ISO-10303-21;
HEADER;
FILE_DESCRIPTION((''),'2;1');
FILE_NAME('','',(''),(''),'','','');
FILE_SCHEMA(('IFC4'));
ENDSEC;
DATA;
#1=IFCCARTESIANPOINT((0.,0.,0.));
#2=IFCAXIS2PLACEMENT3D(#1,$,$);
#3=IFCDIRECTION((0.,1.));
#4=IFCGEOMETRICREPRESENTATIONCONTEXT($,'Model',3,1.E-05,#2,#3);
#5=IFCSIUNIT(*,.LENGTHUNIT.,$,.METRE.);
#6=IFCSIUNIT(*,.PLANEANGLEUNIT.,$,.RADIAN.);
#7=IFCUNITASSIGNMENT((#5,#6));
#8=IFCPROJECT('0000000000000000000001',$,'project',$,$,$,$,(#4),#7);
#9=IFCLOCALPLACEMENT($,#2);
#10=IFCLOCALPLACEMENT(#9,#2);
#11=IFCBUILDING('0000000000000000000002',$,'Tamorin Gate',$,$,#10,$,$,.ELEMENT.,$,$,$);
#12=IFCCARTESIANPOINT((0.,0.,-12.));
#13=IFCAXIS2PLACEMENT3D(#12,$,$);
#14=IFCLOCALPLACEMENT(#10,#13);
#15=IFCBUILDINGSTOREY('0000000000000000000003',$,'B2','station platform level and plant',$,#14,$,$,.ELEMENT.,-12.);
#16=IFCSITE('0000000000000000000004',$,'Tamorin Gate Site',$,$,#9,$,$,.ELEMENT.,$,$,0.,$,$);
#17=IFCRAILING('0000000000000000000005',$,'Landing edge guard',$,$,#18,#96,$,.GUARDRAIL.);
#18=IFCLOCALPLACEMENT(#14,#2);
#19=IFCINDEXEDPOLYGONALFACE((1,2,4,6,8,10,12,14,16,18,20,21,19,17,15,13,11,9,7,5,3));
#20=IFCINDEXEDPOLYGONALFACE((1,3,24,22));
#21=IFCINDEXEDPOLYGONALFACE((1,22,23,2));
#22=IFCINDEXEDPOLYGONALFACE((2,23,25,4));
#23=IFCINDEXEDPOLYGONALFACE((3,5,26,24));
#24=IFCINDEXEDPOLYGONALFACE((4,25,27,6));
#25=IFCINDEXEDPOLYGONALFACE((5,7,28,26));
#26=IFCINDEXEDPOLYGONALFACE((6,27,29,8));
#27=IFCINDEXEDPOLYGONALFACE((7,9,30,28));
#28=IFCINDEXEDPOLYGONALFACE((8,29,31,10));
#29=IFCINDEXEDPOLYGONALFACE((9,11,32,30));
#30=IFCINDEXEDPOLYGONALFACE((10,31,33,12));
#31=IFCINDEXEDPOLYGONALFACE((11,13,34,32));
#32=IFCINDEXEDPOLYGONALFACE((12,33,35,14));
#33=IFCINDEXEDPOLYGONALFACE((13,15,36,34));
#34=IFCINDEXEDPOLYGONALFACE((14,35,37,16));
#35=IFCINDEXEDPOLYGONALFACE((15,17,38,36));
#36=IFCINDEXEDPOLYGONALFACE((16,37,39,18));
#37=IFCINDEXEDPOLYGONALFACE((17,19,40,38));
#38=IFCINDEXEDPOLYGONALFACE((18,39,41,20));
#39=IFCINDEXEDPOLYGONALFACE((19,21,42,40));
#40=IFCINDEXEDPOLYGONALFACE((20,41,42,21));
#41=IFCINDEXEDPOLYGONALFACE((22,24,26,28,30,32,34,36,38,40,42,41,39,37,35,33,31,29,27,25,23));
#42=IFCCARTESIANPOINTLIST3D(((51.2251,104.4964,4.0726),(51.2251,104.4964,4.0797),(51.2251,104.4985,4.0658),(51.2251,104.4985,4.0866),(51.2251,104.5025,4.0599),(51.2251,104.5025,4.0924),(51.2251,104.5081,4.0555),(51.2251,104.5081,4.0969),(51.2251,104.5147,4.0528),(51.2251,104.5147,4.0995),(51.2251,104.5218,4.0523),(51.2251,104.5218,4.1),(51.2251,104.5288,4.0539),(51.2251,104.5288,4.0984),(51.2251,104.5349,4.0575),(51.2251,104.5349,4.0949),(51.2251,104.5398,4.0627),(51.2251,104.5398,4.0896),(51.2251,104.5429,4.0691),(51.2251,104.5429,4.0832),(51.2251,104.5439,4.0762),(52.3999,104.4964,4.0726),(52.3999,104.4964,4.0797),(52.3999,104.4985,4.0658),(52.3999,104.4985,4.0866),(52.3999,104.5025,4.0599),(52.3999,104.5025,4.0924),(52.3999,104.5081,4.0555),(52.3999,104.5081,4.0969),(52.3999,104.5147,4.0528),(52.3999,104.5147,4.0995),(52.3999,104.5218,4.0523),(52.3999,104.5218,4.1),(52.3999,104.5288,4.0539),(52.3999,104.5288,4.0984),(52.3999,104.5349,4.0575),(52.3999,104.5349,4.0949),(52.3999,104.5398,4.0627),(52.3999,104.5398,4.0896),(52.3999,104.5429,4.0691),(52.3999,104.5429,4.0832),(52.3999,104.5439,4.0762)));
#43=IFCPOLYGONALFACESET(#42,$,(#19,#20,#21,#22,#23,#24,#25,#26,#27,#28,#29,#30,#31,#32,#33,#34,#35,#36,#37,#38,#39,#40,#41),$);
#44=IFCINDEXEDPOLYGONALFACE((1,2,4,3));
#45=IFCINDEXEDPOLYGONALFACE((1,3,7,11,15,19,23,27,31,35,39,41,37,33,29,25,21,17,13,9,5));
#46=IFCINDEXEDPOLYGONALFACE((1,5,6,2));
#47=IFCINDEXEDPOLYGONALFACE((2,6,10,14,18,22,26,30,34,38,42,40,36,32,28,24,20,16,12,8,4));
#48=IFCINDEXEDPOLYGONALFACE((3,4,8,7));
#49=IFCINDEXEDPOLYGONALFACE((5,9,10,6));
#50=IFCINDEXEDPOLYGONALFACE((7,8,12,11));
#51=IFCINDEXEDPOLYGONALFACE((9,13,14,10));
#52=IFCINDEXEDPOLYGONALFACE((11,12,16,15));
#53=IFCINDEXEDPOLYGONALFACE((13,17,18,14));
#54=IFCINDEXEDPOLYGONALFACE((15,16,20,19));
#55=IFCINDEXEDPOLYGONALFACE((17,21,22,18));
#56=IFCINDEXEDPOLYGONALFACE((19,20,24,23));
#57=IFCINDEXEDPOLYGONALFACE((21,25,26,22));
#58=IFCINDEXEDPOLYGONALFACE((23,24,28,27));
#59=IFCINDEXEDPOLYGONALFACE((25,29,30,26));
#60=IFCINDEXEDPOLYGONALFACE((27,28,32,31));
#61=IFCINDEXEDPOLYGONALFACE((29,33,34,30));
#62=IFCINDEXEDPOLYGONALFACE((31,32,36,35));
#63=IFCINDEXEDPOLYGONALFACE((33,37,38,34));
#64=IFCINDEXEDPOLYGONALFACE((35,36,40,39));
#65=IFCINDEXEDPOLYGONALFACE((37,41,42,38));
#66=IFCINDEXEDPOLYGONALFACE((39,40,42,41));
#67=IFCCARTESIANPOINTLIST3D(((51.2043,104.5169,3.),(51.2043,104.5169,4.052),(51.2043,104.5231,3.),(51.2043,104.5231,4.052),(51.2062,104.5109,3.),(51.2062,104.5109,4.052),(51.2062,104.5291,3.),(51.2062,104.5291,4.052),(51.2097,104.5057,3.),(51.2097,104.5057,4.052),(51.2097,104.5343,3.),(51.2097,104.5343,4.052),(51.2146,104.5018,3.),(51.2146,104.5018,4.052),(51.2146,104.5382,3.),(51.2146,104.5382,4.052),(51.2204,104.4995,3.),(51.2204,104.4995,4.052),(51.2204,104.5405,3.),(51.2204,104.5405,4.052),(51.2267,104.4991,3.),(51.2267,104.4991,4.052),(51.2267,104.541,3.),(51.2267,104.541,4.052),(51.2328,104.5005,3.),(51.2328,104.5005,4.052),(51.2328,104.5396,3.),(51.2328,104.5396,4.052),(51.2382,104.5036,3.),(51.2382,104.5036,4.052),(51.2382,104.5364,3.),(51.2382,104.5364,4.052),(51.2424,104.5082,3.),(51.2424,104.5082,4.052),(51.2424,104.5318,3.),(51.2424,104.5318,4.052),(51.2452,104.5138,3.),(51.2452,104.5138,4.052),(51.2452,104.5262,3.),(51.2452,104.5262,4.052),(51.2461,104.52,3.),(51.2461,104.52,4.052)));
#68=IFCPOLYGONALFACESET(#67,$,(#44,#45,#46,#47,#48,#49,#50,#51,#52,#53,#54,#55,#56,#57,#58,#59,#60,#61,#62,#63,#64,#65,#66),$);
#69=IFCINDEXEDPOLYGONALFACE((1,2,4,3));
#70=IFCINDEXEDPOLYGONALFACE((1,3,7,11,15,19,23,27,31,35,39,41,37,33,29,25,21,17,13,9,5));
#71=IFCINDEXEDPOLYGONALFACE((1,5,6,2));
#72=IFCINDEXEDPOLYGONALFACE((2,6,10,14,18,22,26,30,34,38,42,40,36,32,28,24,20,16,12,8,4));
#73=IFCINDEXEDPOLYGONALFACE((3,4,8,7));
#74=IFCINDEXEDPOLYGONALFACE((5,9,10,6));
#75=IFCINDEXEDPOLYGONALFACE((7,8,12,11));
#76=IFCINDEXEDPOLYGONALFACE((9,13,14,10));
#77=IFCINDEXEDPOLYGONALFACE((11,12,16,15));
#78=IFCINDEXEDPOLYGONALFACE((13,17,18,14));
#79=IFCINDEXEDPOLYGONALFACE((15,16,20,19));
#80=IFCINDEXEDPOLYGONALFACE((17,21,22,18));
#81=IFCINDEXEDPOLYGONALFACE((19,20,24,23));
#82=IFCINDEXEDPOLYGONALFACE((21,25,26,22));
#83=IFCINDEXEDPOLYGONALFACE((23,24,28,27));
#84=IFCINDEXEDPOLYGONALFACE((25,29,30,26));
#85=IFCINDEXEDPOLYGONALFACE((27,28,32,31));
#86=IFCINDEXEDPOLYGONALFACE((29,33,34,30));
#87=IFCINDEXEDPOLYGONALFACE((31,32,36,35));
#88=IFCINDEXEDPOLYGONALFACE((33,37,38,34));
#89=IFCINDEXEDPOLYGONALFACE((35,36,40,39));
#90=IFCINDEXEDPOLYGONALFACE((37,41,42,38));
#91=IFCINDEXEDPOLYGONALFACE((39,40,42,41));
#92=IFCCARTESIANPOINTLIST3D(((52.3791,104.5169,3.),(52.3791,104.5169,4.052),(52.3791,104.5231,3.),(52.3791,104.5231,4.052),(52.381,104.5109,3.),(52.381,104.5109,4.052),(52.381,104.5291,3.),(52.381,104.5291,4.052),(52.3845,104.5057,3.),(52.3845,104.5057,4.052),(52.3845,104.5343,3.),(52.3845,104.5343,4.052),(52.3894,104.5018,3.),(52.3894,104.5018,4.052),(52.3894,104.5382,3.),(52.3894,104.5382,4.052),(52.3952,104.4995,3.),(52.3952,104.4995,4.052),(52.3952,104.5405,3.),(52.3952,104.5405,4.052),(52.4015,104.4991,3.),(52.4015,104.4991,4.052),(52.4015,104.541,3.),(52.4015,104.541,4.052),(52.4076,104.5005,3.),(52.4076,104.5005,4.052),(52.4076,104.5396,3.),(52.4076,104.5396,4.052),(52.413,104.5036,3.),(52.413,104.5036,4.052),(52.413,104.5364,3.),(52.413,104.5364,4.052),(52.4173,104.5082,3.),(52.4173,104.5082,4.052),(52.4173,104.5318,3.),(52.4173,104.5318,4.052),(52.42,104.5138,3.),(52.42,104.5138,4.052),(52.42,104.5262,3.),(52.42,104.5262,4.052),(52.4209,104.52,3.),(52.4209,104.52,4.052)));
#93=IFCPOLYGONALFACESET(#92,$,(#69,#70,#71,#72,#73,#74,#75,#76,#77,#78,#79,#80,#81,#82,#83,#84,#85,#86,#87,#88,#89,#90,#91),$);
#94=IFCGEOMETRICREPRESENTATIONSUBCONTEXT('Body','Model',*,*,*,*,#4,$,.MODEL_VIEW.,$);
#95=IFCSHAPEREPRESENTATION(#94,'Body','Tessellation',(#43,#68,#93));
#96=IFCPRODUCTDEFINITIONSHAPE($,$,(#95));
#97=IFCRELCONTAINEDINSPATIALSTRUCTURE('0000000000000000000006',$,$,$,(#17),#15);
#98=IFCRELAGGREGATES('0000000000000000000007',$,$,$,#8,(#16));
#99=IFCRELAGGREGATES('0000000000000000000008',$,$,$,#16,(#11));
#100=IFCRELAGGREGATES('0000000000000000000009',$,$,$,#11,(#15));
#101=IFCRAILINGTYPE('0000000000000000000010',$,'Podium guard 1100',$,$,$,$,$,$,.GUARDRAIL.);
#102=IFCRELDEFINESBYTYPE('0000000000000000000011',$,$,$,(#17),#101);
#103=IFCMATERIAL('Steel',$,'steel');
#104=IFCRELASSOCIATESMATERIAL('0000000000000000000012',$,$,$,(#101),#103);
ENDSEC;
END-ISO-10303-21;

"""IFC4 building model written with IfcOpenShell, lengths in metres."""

from ifc_helpers import new_model, si_unit, direction, frame, origin, origin_2d, place, context, subcontext, project, spatial, circle, extrude, material, type_object, element, save


model = new_model("IFC4")

# Units and contexts
model_context = context("Model", 3, precision=1e-05, world=origin(), true_north=direction((0.0, 1.0)))
body_context = subcontext(model_context, "Body", "Model", "MODEL_VIEW")
ifc_project = project(units=[si_unit("LENGTHUNIT", "METRE"), si_unit("PLANEANGLEUNIT", "RADIAN")], contexts=[model_context])

# Site, building, storey
site_placement = place(None, origin())
site = spatial("IfcSite", under=ifc_project, at=site_placement, Name="Tamorin Gate Site", CompositionType="ELEMENT", RefElevation=0.0)
building_placement = place(site_placement, origin())
building = spatial("IfcBuilding", under=site, at=building_placement, Name="Tamorin Gate", CompositionType="ELEMENT")
storey_placement = place(building_placement, frame((0.0, 0.0, -12.0)))
storey = spatial("IfcBuildingStorey", under=building, at=storey_placement, Name="B2", Description="station platform level and plant", CompositionType="ELEMENT", Elevation=-12.0)

# Railing
ifc_material_1 = material(Name="Steel", Category="steel")
railing_type_1 = type_object("IfcRailingType", Name="Podium guard 1100", PredefinedType="GUARDRAIL", material=ifc_material_1)
railing_1_placement = place(storey_placement, frame((51.2251, 104.52, 3.0)))
element("IfcRailing", 1, at=railing_1_placement, inside=storey, type_object=railing_type_1, Name="Landing edge guard", PredefinedType="GUARDRAIL", context=body_context, shape_type="SweptSolid", body=[
    extrude(circle(Radius=0.0239, at=origin_2d()), frame((0.0, 0.0, 1.0762), z_axis=(1.0, 0.0, 0.0), x_axis=(0.0, 1.0, 0.0)), (0.0, 0.0, 1.0), 1.1748),
    extrude(circle(Radius=0.021, at=origin_2d()), origin(), (0.0, 0.0, 1.0), 1.052),
    extrude(circle(Radius=0.021, at=origin_2d()), frame((1.1748, 0.0, 0.0)), (0.0, 0.0, 1.0), 1.052),
])

save(model, "model.ifc")
